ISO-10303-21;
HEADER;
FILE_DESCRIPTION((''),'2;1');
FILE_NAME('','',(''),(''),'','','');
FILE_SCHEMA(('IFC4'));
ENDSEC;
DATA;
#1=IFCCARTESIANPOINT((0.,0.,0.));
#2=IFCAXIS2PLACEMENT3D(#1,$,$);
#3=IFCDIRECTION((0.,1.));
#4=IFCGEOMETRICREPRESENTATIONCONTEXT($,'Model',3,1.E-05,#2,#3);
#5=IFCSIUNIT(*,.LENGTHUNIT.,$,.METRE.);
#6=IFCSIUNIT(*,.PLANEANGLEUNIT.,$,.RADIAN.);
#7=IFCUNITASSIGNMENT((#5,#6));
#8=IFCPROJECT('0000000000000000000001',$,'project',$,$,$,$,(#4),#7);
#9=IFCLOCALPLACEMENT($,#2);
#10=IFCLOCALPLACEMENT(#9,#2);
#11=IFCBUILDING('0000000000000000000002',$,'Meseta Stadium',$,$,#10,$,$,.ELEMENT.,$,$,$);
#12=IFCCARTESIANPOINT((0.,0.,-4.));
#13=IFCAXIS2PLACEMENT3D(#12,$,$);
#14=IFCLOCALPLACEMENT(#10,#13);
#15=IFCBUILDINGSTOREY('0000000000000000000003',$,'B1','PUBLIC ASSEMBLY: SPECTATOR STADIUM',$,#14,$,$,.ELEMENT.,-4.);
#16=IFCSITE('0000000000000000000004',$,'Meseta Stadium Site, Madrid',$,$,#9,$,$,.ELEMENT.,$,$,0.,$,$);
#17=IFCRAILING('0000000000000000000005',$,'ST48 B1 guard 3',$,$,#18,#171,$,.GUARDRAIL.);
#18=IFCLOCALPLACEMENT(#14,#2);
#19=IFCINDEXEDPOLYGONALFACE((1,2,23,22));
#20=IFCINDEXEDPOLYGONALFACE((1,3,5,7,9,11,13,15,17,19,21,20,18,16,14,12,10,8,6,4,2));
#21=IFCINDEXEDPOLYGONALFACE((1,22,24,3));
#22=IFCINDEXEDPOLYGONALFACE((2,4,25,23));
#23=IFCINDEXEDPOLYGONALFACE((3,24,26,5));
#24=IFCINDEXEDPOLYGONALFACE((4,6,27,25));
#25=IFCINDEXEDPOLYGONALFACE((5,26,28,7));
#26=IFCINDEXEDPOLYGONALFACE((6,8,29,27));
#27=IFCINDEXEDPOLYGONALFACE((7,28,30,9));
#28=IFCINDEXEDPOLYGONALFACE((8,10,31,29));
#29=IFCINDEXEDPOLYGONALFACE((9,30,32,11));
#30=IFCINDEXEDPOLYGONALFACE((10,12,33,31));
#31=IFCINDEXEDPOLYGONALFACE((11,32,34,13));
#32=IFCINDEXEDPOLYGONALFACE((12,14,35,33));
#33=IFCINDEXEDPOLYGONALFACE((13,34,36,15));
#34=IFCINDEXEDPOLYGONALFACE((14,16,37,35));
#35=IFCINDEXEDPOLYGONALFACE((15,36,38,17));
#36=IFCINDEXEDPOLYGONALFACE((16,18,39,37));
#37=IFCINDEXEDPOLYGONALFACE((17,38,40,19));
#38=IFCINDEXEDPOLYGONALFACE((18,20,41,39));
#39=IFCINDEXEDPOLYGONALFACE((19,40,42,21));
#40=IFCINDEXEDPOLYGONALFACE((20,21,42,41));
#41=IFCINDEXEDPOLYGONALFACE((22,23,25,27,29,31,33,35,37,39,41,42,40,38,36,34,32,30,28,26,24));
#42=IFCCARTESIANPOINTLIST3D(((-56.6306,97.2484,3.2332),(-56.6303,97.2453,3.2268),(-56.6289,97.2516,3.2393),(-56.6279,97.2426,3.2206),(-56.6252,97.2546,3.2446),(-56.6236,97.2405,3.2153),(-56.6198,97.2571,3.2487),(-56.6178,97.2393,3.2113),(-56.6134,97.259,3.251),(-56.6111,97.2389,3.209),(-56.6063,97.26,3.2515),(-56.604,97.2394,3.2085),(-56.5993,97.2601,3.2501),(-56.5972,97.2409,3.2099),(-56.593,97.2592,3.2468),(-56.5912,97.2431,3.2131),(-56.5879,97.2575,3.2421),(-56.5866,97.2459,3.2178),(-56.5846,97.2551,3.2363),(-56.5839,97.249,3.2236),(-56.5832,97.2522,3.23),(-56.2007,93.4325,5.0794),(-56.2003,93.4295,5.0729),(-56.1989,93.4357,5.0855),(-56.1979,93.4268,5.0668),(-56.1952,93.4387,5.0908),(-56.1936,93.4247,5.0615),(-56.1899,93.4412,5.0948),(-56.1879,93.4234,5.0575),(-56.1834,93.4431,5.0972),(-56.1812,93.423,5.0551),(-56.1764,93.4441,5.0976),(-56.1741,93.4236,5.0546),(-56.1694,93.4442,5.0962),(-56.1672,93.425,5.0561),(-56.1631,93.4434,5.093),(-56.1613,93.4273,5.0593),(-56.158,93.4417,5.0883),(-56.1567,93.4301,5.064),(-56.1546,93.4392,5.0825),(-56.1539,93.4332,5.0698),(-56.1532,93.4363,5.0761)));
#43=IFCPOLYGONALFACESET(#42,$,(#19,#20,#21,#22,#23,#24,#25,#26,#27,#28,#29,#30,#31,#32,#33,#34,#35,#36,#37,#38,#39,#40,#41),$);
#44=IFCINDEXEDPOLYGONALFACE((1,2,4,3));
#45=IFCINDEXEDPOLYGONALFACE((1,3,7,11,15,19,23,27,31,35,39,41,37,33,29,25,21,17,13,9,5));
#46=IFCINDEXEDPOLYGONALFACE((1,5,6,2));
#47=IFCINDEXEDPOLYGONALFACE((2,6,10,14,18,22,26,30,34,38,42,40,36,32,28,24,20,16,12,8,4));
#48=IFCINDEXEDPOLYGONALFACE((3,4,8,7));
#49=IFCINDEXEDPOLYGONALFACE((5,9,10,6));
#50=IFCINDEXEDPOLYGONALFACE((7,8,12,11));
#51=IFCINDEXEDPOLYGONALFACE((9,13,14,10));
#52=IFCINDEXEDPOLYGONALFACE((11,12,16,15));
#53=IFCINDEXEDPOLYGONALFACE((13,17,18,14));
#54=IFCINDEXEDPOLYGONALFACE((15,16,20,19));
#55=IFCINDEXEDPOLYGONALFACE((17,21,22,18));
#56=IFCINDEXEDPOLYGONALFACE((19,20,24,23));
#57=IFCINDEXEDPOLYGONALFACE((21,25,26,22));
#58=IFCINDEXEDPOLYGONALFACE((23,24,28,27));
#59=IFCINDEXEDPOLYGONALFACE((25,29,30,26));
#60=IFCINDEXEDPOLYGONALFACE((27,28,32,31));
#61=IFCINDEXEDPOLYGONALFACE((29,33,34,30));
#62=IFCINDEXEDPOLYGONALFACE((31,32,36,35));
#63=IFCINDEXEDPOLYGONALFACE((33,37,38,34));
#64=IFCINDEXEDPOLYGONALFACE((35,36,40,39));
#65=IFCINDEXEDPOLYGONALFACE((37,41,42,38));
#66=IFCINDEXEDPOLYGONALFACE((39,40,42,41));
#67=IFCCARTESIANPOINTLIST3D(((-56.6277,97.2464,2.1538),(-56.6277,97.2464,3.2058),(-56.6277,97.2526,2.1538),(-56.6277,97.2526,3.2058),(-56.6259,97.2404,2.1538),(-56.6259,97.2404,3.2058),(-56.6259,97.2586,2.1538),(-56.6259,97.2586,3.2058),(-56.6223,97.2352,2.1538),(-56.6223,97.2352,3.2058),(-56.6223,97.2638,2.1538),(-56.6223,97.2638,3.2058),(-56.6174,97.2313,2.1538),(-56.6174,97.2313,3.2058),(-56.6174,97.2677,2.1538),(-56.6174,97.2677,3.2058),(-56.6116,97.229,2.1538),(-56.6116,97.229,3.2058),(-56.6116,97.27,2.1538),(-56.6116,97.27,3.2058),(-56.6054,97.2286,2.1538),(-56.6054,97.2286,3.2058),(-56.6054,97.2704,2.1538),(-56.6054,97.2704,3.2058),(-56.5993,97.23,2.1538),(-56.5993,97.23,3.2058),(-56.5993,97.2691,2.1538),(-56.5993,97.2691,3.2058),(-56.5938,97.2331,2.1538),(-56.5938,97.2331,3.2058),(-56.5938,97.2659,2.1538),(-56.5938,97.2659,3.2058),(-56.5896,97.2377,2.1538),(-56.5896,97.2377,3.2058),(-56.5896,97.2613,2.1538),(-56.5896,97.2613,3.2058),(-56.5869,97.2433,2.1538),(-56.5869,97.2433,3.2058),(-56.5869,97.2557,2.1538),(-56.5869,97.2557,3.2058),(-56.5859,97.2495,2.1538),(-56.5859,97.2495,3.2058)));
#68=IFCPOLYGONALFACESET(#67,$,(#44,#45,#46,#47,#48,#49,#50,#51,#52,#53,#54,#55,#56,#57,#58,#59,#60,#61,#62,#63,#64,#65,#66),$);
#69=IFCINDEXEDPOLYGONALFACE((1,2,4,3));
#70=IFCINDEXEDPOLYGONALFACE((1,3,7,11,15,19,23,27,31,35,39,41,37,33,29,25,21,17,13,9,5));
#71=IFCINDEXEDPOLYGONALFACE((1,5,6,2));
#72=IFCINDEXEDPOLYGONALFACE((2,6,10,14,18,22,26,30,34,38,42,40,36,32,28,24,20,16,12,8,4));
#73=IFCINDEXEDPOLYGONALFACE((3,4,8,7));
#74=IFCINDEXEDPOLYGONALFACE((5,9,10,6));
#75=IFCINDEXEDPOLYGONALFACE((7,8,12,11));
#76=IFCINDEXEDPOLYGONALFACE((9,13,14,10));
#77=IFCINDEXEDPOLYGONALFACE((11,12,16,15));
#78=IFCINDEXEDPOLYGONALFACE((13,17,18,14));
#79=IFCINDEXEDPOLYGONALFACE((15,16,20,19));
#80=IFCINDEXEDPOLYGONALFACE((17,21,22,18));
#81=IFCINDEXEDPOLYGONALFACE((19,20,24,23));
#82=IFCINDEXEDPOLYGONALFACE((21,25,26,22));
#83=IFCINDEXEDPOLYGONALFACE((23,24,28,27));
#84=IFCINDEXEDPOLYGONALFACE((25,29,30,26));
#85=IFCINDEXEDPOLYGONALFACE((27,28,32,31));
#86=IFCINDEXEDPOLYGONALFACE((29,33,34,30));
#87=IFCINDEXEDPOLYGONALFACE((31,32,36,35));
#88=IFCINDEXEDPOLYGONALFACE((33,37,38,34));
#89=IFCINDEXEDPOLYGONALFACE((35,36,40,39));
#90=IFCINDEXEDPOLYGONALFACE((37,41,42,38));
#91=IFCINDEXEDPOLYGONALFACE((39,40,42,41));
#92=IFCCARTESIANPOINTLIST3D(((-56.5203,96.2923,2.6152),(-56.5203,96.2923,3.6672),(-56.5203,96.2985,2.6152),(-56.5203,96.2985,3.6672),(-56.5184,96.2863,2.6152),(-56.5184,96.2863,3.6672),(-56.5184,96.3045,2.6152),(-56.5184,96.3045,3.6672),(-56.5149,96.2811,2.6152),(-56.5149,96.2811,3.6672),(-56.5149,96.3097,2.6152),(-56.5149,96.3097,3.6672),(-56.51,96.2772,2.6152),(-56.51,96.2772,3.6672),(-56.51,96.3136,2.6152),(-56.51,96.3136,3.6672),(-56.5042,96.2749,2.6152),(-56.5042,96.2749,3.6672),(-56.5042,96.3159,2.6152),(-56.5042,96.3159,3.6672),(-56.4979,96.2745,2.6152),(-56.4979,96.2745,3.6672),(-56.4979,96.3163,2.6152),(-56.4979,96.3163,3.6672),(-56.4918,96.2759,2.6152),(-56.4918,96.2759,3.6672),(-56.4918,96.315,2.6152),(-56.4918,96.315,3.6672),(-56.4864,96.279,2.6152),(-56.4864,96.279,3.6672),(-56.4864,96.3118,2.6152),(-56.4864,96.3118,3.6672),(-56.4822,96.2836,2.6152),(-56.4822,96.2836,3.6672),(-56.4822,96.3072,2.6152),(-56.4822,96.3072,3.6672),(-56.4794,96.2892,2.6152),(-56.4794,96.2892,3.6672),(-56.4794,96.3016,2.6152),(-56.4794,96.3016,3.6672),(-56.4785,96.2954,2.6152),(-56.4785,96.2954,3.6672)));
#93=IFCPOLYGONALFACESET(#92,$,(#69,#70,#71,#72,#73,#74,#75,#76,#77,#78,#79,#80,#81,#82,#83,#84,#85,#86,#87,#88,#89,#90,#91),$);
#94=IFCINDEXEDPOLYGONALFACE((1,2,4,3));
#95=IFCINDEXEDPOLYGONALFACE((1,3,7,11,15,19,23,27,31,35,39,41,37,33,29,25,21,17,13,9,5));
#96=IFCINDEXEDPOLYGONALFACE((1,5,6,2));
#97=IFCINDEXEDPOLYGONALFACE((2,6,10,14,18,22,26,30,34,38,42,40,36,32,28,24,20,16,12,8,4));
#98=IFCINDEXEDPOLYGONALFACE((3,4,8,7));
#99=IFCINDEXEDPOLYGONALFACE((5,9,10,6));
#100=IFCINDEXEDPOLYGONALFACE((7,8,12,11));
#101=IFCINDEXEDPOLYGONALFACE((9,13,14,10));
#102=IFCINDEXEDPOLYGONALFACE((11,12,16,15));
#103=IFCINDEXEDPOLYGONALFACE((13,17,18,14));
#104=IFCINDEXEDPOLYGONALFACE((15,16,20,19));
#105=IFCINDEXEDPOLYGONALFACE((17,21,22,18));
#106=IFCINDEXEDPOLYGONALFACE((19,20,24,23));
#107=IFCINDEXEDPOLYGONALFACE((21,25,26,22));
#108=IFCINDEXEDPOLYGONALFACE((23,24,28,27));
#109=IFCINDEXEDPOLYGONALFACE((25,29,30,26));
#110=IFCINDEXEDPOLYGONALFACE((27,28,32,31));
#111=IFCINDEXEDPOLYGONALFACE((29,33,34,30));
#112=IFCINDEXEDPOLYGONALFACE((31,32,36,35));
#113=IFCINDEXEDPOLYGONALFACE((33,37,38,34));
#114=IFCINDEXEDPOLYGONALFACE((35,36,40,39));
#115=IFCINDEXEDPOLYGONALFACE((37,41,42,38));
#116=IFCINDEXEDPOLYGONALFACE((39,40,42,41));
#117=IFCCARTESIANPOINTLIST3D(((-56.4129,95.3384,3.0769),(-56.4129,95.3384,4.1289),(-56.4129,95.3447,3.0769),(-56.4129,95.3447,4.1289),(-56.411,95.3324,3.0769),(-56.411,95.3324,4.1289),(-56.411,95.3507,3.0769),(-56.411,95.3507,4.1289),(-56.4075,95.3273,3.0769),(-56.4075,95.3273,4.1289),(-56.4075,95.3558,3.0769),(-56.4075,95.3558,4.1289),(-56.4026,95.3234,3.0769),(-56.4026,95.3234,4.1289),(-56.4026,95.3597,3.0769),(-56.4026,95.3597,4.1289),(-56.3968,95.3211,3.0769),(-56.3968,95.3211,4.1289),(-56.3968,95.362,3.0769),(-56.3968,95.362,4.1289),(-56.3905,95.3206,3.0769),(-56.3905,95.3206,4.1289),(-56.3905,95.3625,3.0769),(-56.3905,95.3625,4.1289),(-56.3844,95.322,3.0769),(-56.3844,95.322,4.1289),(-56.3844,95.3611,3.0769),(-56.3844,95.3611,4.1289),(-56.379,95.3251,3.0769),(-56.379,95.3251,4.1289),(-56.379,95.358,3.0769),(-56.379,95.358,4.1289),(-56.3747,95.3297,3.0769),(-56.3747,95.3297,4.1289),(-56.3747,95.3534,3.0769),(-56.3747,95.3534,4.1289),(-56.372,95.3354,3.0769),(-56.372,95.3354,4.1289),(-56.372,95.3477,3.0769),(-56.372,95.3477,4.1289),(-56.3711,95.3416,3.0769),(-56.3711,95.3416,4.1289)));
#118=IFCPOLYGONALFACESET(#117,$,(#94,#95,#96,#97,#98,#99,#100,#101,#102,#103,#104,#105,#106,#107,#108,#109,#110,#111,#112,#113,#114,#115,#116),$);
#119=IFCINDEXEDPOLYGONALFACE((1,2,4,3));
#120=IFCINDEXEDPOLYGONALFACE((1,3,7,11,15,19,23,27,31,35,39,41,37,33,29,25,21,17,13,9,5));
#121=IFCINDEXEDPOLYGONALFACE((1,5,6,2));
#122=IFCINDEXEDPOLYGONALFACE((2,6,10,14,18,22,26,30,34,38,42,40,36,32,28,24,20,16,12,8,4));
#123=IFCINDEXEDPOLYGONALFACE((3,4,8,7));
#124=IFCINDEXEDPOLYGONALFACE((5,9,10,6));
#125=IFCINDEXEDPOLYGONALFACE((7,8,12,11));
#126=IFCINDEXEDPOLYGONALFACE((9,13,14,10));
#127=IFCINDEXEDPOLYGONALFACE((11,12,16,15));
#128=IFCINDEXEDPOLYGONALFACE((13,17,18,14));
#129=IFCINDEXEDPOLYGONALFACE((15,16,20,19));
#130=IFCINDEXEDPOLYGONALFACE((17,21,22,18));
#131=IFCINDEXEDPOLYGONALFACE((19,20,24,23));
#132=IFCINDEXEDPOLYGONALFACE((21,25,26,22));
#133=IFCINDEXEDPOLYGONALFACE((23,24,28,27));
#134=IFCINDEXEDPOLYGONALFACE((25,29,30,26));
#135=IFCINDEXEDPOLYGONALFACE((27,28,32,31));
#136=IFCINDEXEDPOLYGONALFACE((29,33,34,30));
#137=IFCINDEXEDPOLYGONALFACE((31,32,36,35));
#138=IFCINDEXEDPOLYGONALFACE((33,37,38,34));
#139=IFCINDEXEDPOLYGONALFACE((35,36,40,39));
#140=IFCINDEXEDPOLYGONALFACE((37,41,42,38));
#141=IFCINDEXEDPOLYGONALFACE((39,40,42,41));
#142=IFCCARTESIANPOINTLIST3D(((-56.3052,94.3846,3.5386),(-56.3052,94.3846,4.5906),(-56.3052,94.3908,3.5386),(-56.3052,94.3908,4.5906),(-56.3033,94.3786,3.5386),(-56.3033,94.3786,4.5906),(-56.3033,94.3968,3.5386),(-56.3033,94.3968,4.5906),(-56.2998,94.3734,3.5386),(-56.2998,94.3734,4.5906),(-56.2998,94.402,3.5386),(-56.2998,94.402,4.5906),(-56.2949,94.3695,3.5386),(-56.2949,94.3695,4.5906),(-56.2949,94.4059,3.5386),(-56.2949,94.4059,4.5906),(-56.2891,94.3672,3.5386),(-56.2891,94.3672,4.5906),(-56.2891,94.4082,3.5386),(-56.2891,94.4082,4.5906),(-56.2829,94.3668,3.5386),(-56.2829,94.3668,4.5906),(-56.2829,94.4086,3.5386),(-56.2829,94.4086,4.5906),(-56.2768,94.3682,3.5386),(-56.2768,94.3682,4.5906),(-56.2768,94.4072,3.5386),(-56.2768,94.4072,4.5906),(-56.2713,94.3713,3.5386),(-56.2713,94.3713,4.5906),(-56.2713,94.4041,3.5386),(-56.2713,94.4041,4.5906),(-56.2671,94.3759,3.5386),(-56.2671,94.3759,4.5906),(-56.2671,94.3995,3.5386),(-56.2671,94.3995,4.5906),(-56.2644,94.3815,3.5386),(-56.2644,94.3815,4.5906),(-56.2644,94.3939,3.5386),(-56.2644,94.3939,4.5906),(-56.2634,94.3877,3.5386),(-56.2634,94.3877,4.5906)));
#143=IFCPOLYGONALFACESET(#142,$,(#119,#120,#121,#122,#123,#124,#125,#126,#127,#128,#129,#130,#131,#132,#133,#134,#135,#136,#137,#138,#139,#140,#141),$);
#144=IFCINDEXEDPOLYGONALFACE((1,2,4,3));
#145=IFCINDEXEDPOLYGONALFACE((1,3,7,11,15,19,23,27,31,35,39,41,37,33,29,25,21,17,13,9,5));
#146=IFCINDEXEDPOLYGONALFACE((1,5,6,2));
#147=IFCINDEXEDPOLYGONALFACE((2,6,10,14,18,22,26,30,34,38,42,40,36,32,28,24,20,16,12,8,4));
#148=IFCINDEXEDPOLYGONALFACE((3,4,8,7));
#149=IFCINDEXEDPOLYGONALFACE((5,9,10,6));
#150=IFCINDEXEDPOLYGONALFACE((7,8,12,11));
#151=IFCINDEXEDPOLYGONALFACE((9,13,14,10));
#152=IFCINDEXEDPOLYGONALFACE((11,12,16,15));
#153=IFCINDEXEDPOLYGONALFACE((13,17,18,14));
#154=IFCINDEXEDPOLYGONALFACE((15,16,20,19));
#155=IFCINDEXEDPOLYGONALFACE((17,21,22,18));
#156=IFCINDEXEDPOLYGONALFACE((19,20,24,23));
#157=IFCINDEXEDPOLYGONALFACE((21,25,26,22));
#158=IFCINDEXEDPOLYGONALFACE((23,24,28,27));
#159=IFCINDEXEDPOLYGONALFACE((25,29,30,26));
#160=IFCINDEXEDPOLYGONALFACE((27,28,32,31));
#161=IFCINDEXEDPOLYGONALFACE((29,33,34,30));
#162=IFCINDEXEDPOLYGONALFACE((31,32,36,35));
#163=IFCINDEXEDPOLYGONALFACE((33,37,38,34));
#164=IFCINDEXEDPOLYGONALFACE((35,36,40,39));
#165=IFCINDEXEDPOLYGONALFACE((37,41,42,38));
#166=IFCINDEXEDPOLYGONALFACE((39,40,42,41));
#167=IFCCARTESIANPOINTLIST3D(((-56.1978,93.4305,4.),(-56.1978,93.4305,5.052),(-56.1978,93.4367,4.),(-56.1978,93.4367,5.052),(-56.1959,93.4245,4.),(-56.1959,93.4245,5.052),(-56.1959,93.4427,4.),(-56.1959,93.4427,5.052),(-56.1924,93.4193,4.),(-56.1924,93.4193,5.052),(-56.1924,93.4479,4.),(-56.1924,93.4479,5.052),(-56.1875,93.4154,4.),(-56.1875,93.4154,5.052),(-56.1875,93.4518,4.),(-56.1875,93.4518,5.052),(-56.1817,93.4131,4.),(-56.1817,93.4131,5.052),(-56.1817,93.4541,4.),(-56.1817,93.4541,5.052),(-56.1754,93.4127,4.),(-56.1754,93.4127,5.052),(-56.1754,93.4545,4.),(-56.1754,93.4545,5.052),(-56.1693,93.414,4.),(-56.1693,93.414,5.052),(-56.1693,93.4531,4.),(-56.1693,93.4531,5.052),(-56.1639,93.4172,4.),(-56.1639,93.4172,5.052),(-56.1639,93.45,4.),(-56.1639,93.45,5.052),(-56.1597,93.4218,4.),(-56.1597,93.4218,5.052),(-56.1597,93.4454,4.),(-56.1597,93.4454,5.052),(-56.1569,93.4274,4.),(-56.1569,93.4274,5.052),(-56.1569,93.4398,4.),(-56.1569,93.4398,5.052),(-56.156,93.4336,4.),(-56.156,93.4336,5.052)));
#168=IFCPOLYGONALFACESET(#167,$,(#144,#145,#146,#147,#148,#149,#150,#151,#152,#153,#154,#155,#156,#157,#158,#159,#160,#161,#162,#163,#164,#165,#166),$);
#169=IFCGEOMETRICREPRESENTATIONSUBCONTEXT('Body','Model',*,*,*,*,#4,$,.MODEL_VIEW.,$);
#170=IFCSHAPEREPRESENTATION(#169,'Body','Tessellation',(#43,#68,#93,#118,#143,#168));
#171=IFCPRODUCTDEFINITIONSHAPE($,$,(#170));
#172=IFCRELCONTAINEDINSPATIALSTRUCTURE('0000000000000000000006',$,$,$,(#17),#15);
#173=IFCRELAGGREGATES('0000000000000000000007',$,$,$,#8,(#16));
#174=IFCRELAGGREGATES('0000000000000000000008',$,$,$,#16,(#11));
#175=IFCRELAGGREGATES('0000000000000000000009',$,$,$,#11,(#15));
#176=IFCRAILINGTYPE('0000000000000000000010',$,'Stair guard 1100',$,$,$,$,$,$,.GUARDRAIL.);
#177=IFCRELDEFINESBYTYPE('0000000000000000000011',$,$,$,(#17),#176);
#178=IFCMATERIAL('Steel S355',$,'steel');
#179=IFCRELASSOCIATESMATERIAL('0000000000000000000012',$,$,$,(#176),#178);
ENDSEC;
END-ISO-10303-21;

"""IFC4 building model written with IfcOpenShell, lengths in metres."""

from ifc_helpers import new_model, si_unit, direction, frame, origin, origin_2d, place, context, subcontext, project, spatial, circle, extrude, material, type_object, element, save


model = new_model("IFC4")

# Units and contexts
model_context = context("Model", 3, precision=1e-05, world=origin(), true_north=direction((0.0, 1.0)))
body_context = subcontext(model_context, "Body", "Model", "MODEL_VIEW")
ifc_project = project(units=[si_unit("LENGTHUNIT", "METRE"), si_unit("PLANEANGLEUNIT", "RADIAN")], contexts=[model_context])

# Site, building, storey
site_placement = place(None, origin())
site = spatial("IfcSite", under=ifc_project, at=site_placement, Name="Meseta Stadium Site, Madrid", CompositionType="ELEMENT", RefElevation=0.0)
building_placement = place(site_placement, origin())
building = spatial("IfcBuilding", under=site, at=building_placement, Name="Meseta Stadium", CompositionType="ELEMENT")
storey_placement = place(building_placement, frame((0.0, 0.0, -4.0)))
storey = spatial("IfcBuildingStorey", under=building, at=storey_placement, Name="B1", Description="PUBLIC ASSEMBLY: SPECTATOR STADIUM", CompositionType="ELEMENT", Elevation=-4.0)

# Railing
ifc_material_1 = material(Name="Steel S355", Category="steel")
railing_type_1 = type_object("IfcRailingType", Name="Stair guard 1100", PredefinedType="GUARDRAIL", material=ifc_material_1)
railing_1_placement = place(storey_placement, frame((-56.6069, 97.2495, 2.1538)))
element("IfcRailing", 1, at=railing_1_placement, inside=storey, type_object=railing_type_1, Name="ST48 B1 guard 3", PredefinedType="GUARDRAIL", context=body_context, shape_type="SweptSolid", body=[
    extrude(circle(Radius=0.0239, at=origin_2d()), frame((0.0, 0.0, 1.0762), z_axis=(0.100904, -0.895585, 0.433296), x_axis=(0.993713, 0.11196, 0.0)), (0.0, 0.0, 1.0), 4.2607),
    extrude(circle(Radius=0.021, at=origin_2d()), origin(), (0.0, 0.0, 1.0), 1.052),
    extrude(circle(Radius=0.021, at=origin_2d()), frame((0.1074, -0.9541, 0.4614)), (0.0, 0.0, 1.0), 1.052),
    extrude(circle(Radius=0.021, at=origin_2d()), frame((0.2148, -1.908, 0.9231)), (0.0, 0.0, 1.0), 1.052),
    extrude(circle(Radius=0.021, at=origin_2d()), frame((0.3225, -2.8618, 1.3848)), (0.0, 0.0, 1.0), 1.052),
    extrude(circle(Radius=0.021, at=origin_2d()), frame((0.4299, -3.8159, 1.8462)), (0.0, 0.0, 1.0), 1.052),
])

save(model, "model.ifc")
